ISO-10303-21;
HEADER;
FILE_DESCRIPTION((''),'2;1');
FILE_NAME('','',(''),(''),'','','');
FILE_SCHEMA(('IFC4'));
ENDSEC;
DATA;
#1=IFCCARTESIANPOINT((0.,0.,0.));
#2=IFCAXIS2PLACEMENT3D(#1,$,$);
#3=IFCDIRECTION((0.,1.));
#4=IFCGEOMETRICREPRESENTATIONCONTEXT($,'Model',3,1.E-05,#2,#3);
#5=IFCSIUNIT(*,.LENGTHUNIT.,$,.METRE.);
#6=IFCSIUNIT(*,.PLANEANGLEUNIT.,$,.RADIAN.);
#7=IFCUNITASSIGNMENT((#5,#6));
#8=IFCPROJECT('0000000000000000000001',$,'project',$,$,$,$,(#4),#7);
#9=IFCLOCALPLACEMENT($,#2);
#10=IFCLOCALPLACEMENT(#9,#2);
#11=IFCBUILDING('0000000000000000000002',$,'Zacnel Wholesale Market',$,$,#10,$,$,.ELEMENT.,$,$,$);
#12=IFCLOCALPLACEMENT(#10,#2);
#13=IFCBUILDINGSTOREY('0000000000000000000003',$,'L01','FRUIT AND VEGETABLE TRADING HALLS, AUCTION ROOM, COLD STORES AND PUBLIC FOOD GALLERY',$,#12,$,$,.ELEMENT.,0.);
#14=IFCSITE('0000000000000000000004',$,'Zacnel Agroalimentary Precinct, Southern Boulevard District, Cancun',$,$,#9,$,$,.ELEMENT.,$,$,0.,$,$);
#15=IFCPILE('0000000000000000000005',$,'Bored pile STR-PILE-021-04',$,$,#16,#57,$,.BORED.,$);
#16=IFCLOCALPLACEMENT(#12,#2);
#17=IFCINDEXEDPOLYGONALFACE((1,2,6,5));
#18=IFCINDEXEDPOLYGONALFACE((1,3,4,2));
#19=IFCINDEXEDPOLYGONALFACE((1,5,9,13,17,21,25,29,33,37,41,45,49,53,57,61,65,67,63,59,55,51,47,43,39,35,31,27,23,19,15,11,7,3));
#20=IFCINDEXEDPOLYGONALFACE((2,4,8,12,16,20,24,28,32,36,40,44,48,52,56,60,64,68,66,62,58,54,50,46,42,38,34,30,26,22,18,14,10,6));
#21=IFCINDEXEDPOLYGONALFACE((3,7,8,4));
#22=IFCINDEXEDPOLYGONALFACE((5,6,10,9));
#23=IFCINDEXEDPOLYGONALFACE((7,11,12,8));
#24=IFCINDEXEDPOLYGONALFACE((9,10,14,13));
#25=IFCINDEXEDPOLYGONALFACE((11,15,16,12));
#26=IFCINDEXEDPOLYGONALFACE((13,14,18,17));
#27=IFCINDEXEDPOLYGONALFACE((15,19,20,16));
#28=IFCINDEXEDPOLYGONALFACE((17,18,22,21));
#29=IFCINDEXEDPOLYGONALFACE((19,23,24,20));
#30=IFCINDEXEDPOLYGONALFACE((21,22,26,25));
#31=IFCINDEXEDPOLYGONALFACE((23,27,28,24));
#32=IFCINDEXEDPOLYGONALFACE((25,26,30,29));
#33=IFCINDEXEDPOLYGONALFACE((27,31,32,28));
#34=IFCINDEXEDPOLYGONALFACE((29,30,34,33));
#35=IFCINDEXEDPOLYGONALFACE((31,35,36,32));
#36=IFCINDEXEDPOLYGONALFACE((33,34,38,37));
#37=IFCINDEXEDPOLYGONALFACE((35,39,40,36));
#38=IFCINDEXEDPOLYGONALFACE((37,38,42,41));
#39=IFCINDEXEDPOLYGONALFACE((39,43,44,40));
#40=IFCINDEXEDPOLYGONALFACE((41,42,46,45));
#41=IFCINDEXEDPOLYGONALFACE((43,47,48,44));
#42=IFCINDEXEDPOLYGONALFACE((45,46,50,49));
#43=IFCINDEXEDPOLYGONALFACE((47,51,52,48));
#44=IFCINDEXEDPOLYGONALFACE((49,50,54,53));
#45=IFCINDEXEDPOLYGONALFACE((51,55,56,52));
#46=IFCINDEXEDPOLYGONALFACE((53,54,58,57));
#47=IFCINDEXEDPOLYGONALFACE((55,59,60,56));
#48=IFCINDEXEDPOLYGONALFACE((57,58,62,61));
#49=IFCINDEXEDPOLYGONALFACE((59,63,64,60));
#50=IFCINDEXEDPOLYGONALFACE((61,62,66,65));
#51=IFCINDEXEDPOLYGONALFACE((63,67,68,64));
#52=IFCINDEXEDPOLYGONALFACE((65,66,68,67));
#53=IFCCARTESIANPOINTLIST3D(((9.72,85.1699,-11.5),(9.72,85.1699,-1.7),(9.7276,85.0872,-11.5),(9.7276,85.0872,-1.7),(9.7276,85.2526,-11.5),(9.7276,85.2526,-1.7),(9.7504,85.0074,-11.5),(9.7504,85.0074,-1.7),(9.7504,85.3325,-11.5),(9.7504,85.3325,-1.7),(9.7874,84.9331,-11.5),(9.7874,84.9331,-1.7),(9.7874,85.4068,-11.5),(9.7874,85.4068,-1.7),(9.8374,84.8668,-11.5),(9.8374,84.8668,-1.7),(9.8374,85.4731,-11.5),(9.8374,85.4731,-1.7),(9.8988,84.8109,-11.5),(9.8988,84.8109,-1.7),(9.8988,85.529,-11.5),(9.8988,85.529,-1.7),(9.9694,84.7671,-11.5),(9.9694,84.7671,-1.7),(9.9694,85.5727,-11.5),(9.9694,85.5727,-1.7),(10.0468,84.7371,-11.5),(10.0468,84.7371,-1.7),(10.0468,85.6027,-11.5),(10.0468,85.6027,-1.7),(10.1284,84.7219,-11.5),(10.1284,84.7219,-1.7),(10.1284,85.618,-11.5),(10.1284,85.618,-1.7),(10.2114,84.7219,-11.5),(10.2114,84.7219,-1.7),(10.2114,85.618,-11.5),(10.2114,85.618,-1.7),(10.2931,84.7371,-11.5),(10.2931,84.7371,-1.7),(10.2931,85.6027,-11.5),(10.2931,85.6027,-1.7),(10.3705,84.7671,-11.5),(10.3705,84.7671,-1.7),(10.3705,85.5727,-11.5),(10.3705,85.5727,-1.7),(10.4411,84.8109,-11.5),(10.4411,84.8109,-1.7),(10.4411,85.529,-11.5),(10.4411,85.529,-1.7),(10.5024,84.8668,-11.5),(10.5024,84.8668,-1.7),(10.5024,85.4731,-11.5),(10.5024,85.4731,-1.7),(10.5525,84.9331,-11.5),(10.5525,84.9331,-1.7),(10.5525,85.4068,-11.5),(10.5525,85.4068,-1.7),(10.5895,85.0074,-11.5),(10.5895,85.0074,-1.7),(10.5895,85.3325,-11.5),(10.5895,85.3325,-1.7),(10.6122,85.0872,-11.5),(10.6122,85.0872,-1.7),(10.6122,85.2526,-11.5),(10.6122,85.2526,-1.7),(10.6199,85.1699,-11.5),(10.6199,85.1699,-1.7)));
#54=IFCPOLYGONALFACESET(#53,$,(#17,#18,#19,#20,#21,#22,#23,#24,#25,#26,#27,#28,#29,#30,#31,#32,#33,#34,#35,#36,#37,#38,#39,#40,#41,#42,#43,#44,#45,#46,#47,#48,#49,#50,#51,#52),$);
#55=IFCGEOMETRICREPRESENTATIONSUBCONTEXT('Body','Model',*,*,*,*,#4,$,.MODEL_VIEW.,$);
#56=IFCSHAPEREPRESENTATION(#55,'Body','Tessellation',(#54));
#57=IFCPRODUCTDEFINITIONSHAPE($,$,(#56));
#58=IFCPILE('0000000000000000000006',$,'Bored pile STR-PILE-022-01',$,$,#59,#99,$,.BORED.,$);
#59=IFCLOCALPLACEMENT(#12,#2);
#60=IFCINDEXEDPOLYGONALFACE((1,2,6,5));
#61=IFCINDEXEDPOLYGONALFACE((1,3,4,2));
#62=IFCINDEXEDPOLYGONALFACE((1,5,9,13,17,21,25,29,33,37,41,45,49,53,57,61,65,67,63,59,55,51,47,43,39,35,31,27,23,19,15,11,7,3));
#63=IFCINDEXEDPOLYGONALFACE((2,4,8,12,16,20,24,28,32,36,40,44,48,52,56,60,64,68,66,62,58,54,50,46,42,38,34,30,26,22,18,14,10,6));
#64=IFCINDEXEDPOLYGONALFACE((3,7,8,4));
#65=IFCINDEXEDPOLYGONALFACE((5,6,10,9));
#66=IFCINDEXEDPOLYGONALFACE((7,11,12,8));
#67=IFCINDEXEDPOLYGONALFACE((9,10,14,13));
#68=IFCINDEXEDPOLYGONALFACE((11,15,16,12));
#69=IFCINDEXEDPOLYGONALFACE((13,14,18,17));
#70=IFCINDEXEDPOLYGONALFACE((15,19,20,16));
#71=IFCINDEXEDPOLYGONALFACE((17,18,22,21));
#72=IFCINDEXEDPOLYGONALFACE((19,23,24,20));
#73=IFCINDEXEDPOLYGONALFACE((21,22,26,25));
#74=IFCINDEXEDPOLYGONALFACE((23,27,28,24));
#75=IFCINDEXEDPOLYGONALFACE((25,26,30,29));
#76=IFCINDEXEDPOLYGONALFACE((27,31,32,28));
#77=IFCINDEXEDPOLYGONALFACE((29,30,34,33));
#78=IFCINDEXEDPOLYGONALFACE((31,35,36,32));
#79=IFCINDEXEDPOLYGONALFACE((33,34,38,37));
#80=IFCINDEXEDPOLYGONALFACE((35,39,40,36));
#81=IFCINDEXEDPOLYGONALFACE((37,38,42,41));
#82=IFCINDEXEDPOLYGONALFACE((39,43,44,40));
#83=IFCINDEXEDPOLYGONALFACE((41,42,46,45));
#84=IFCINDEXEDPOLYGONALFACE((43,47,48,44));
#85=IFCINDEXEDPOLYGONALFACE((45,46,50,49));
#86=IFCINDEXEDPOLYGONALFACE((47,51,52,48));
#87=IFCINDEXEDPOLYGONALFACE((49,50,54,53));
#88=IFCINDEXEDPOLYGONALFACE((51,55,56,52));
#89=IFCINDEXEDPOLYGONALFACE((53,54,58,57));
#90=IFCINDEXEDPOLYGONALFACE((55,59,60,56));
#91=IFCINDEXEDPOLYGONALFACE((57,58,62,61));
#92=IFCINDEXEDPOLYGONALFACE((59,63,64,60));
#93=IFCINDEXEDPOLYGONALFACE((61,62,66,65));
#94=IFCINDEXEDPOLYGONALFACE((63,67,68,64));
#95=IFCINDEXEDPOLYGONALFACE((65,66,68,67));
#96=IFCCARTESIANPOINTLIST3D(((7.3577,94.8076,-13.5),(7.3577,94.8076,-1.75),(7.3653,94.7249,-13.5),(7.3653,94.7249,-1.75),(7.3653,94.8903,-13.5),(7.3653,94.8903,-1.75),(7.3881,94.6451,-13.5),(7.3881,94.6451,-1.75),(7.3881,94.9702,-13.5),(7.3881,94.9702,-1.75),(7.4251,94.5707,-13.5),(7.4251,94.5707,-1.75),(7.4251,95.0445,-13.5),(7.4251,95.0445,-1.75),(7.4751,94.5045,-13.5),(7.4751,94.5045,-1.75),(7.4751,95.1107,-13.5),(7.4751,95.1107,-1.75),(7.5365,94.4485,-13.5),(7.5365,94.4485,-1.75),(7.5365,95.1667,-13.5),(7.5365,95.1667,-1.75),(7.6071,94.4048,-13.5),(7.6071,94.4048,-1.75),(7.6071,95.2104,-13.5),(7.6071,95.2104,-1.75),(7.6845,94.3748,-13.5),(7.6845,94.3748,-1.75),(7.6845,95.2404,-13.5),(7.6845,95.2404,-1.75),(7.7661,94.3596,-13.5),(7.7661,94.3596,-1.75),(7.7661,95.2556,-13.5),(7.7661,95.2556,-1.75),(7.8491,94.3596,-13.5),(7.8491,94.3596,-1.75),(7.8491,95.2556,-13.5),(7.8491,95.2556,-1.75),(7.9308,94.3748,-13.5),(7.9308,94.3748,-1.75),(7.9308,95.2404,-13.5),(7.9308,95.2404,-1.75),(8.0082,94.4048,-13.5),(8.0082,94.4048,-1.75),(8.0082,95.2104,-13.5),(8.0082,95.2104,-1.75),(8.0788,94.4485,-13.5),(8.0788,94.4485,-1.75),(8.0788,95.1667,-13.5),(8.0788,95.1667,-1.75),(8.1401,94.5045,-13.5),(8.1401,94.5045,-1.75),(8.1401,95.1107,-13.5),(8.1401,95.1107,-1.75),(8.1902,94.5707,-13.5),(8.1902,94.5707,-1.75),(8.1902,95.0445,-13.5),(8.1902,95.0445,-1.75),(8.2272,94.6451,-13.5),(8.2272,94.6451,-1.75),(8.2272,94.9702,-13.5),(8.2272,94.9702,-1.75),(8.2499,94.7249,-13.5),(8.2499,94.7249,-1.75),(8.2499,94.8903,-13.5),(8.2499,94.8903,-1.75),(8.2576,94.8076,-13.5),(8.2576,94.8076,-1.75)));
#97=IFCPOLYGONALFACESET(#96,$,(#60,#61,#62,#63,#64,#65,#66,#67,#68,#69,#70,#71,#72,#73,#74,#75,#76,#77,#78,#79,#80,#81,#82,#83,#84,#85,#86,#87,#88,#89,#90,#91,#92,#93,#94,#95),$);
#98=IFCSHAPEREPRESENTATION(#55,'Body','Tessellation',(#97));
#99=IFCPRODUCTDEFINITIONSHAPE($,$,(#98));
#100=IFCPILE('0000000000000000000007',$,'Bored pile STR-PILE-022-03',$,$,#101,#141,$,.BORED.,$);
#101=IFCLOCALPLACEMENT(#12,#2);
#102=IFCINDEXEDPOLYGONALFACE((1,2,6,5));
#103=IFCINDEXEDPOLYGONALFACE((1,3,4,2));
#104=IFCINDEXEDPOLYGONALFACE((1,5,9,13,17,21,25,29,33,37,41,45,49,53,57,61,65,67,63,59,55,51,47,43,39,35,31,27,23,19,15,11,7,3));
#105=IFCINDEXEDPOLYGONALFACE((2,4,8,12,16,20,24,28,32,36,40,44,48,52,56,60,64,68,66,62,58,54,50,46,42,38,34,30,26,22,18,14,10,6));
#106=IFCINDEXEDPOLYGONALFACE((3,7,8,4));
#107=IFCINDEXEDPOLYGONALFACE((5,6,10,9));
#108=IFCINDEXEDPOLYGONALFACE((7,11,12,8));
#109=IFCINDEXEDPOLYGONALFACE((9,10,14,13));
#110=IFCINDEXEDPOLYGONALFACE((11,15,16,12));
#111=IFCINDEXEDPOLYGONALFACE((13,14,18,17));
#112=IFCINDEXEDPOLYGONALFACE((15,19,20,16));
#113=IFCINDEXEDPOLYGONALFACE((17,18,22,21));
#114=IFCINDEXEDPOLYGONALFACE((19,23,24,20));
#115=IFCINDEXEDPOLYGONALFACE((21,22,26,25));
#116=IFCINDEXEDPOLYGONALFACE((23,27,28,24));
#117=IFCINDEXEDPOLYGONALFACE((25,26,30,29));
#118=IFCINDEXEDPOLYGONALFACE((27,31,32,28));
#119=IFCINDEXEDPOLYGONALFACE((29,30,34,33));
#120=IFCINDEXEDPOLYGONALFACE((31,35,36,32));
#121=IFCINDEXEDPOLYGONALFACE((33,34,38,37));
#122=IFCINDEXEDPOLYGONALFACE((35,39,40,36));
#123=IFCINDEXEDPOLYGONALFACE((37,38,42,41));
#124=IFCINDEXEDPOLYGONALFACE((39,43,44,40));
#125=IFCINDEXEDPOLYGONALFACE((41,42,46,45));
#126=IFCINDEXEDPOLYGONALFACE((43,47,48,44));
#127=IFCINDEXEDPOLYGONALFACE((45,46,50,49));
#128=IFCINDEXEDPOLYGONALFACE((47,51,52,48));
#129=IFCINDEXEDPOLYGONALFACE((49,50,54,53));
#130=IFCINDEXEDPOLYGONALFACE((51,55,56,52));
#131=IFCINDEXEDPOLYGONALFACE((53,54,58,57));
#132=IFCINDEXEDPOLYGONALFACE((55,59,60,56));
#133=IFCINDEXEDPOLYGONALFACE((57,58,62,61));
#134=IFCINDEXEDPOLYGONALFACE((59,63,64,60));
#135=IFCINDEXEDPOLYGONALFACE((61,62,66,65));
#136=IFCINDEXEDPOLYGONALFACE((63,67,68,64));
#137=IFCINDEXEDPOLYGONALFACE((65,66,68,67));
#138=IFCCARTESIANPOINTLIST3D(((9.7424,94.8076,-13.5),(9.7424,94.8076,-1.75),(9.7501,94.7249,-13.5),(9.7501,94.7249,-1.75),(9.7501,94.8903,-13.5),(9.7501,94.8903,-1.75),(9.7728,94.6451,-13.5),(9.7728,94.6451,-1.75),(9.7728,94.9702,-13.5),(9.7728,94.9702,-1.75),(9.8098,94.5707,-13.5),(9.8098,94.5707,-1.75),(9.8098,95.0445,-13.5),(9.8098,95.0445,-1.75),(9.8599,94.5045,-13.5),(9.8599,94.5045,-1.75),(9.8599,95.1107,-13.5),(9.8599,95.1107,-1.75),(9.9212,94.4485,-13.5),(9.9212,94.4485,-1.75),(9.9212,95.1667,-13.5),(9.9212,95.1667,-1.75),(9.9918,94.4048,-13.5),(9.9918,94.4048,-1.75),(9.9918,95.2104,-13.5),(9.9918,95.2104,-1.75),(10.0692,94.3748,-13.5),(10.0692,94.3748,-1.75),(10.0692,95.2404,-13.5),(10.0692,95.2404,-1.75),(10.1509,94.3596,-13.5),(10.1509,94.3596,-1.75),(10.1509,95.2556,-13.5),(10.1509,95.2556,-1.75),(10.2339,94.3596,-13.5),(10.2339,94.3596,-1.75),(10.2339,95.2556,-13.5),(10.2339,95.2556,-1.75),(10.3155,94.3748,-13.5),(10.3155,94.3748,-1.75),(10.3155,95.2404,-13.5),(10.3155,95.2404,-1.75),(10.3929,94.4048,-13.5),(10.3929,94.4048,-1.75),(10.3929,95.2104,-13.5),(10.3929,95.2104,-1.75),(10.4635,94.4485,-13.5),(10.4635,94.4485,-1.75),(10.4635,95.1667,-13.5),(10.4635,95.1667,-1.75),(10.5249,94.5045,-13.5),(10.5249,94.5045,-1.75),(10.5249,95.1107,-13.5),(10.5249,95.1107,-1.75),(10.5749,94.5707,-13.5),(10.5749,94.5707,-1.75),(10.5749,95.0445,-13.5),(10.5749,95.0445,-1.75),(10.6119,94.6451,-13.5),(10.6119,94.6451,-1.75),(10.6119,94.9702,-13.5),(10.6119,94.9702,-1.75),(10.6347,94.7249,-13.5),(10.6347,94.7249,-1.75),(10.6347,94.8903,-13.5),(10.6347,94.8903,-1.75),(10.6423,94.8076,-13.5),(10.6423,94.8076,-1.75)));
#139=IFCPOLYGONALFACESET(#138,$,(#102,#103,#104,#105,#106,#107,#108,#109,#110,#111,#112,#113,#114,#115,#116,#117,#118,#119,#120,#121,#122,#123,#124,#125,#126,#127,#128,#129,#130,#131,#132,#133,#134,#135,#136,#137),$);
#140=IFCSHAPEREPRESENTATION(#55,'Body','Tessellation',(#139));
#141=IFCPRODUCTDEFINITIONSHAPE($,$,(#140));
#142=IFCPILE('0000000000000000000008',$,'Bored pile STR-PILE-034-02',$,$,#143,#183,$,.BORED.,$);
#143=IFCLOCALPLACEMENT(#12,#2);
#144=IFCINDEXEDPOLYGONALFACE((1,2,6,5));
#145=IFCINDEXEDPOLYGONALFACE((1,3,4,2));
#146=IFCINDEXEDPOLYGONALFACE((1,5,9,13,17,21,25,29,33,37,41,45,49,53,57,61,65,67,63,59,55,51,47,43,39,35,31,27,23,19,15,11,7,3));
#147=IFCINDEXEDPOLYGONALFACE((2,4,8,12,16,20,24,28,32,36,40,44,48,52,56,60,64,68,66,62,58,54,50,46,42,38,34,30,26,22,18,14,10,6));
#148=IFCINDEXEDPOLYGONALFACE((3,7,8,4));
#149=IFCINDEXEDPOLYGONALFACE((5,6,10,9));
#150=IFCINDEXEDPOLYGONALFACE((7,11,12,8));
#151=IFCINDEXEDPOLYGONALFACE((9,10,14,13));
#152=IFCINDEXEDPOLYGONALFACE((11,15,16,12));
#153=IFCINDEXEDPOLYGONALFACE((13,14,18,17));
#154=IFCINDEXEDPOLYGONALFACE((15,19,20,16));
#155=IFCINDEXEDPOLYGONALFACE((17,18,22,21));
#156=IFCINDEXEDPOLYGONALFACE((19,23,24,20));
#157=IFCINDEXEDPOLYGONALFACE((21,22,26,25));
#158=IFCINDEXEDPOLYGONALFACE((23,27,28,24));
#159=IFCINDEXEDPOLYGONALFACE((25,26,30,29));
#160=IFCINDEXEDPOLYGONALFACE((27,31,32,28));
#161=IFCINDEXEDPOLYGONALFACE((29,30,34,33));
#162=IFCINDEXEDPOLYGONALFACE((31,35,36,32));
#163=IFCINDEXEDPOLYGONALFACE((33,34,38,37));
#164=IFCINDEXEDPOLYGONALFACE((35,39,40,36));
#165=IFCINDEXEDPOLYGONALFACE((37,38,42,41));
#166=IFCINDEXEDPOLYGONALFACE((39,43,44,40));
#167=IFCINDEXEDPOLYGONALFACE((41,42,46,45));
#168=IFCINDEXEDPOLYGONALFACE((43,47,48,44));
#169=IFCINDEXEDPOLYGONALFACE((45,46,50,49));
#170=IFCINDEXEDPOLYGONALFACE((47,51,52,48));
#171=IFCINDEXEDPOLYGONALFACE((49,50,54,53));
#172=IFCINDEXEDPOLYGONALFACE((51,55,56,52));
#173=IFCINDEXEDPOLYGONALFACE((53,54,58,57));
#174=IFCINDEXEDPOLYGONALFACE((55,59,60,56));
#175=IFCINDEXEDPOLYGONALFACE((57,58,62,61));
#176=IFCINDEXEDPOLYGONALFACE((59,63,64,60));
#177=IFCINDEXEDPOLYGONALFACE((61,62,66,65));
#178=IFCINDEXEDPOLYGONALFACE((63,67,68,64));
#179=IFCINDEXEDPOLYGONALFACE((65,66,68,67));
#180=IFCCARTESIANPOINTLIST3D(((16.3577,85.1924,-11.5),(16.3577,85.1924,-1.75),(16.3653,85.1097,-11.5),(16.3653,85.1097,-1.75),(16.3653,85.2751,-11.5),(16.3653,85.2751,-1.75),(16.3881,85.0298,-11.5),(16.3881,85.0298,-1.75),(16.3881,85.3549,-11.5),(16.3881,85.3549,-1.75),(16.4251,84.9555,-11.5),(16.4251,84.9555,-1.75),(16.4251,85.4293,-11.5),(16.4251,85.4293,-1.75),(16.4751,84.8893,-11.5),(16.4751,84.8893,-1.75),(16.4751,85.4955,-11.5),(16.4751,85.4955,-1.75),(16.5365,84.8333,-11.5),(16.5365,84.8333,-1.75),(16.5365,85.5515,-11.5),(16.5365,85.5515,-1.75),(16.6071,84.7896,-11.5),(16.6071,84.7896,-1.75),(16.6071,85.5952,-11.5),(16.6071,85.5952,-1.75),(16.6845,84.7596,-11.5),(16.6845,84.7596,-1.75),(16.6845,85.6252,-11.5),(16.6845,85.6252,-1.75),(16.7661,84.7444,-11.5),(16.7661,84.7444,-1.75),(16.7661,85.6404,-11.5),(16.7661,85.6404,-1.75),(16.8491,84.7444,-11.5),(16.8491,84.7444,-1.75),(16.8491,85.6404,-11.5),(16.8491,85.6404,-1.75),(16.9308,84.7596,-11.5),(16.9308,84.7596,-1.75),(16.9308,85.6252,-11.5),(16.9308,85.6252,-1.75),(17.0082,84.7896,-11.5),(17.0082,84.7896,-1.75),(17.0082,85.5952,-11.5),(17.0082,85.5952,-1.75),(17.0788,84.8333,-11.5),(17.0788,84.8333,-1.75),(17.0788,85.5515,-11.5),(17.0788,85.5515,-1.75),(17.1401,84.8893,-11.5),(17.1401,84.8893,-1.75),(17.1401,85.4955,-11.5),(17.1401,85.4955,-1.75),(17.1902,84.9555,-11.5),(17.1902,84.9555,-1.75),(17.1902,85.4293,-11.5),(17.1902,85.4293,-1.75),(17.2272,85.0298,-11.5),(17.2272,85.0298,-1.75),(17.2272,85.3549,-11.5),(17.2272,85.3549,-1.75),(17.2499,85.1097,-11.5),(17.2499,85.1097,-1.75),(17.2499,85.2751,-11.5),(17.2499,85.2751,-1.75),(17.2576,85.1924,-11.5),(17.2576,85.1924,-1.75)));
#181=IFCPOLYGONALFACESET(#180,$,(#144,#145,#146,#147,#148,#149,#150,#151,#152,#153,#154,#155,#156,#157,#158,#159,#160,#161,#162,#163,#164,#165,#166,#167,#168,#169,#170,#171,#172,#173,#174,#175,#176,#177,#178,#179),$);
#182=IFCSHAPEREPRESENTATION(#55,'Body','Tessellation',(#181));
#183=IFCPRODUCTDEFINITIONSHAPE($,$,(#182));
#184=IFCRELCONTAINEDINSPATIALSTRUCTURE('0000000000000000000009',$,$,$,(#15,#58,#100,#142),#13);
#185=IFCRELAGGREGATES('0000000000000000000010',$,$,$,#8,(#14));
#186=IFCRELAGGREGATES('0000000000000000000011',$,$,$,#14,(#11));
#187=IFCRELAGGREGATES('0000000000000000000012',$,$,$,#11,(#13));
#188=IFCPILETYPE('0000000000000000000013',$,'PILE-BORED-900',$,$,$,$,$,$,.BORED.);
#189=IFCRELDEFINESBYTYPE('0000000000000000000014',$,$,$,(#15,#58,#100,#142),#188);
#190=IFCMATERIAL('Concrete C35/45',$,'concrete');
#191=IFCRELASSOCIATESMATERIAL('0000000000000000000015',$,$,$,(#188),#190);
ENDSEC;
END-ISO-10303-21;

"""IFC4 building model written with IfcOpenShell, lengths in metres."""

from ifc_helpers import new_model, si_unit, direction, frame, origin, origin_2d, place, context, subcontext, project, spatial, circle, extrude, material, material_profile, profile_set, type_object, element, save


model = new_model("IFC4")

# Units and contexts
model_context = context("Model", 3, precision=1e-05, world=origin(), true_north=direction((0.0, 1.0)))
body_context = subcontext(model_context, "Body", "Model", "MODEL_VIEW")
ifc_project = project(units=[si_unit("LENGTHUNIT", "METRE"), si_unit("PLANEANGLEUNIT", "RADIAN")], contexts=[model_context])

# Site, building, storey
site_placement = place(None, origin())
site = spatial("IfcSite", under=ifc_project, at=site_placement, Name="Zacnel Agroalimentary Precinct, Southern Boulevard District, Cancun", CompositionType="ELEMENT", RefElevation=0.0)
building_placement = place(site_placement, origin())
building = spatial("IfcBuilding", under=site, at=building_placement, Name="Zacnel Wholesale Market", CompositionType="ELEMENT")
storey_placement = place(building_placement, origin())
storey = spatial("IfcBuildingStorey", under=building, at=storey_placement, Name="L01", Description="FRUIT AND VEGETABLE TRADING HALLS, AUCTION ROOM, COLD STORES AND PUBLIC FOOD GALLERY", CompositionType="ELEMENT", Elevation=0.0)

# Piles
ifc_material_1 = material(Name="Concrete C35/45", Category="concrete")
ifc_material_profile_1 = material_profile(ifc_material_1, circle(Radius=0.45, at=origin_2d()), Name="BORED PILE D900")
ifc_profile_set_1 = profile_set([ifc_material_profile_1], Name="Concrete C35/45")
pile_type = type_object("IfcPileType", Name="PILE-BORED-900", PredefinedType="BORED", material=ifc_profile_set_1)
for number, where, z_axis, x_axis, name in (
    (1, (10.1699, 85.1699, -1.7), (0.0, 0.0, -1.0), (1.0, 0.0, 0.0), "Bored pile STR-PILE-021-04"),
):
    element("IfcPile", number, at=place(storey_placement, frame(where, z_axis=z_axis, x_axis=x_axis)), inside=storey, type_object=pile_type, Name=name, PredefinedType="BORED", context=body_context, shape_type="SweptSolid", body=[
        extrude(circle(Radius=0.45, at=origin_2d()), origin(), (0.0, 0.0, 1.0), 9.8),
    ])
for number, where, z_axis, x_axis, name in (
    (2, (7.8076, 94.8076, -1.75), (0.0, 0.0, -1.0), (1.0, 0.0, 0.0), "Bored pile STR-PILE-022-01"),
    (3, (10.1924, 94.8076, -1.75), (0.0, 0.0, -1.0), (1.0, 0.0, 0.0), "Bored pile STR-PILE-022-03"),
):
    element("IfcPile", number, at=place(storey_placement, frame(where, z_axis=z_axis, x_axis=x_axis)), inside=storey, type_object=pile_type, Name=name, PredefinedType="BORED", context=body_context, shape_type="SweptSolid", body=[
        extrude(circle(Radius=0.45, at=origin_2d()), origin(), (0.0, 0.0, 1.0), 11.75),
    ])
pile_1_placement = place(storey_placement, frame((16.8076, 85.1924, -1.75), z_axis=(0.0, 0.0, -1.0), x_axis=(1.0, 0.0, 0.0)))
element("IfcPile", 4, at=pile_1_placement, inside=storey, type_object=pile_type, Name="Bored pile STR-PILE-034-02", PredefinedType="BORED", context=body_context, shape_type="SweptSolid", body=[
    extrude(circle(Radius=0.45, at=origin_2d()), origin(), (0.0, 0.0, 1.0), 9.75),
])

save(model, "model.ifc")
